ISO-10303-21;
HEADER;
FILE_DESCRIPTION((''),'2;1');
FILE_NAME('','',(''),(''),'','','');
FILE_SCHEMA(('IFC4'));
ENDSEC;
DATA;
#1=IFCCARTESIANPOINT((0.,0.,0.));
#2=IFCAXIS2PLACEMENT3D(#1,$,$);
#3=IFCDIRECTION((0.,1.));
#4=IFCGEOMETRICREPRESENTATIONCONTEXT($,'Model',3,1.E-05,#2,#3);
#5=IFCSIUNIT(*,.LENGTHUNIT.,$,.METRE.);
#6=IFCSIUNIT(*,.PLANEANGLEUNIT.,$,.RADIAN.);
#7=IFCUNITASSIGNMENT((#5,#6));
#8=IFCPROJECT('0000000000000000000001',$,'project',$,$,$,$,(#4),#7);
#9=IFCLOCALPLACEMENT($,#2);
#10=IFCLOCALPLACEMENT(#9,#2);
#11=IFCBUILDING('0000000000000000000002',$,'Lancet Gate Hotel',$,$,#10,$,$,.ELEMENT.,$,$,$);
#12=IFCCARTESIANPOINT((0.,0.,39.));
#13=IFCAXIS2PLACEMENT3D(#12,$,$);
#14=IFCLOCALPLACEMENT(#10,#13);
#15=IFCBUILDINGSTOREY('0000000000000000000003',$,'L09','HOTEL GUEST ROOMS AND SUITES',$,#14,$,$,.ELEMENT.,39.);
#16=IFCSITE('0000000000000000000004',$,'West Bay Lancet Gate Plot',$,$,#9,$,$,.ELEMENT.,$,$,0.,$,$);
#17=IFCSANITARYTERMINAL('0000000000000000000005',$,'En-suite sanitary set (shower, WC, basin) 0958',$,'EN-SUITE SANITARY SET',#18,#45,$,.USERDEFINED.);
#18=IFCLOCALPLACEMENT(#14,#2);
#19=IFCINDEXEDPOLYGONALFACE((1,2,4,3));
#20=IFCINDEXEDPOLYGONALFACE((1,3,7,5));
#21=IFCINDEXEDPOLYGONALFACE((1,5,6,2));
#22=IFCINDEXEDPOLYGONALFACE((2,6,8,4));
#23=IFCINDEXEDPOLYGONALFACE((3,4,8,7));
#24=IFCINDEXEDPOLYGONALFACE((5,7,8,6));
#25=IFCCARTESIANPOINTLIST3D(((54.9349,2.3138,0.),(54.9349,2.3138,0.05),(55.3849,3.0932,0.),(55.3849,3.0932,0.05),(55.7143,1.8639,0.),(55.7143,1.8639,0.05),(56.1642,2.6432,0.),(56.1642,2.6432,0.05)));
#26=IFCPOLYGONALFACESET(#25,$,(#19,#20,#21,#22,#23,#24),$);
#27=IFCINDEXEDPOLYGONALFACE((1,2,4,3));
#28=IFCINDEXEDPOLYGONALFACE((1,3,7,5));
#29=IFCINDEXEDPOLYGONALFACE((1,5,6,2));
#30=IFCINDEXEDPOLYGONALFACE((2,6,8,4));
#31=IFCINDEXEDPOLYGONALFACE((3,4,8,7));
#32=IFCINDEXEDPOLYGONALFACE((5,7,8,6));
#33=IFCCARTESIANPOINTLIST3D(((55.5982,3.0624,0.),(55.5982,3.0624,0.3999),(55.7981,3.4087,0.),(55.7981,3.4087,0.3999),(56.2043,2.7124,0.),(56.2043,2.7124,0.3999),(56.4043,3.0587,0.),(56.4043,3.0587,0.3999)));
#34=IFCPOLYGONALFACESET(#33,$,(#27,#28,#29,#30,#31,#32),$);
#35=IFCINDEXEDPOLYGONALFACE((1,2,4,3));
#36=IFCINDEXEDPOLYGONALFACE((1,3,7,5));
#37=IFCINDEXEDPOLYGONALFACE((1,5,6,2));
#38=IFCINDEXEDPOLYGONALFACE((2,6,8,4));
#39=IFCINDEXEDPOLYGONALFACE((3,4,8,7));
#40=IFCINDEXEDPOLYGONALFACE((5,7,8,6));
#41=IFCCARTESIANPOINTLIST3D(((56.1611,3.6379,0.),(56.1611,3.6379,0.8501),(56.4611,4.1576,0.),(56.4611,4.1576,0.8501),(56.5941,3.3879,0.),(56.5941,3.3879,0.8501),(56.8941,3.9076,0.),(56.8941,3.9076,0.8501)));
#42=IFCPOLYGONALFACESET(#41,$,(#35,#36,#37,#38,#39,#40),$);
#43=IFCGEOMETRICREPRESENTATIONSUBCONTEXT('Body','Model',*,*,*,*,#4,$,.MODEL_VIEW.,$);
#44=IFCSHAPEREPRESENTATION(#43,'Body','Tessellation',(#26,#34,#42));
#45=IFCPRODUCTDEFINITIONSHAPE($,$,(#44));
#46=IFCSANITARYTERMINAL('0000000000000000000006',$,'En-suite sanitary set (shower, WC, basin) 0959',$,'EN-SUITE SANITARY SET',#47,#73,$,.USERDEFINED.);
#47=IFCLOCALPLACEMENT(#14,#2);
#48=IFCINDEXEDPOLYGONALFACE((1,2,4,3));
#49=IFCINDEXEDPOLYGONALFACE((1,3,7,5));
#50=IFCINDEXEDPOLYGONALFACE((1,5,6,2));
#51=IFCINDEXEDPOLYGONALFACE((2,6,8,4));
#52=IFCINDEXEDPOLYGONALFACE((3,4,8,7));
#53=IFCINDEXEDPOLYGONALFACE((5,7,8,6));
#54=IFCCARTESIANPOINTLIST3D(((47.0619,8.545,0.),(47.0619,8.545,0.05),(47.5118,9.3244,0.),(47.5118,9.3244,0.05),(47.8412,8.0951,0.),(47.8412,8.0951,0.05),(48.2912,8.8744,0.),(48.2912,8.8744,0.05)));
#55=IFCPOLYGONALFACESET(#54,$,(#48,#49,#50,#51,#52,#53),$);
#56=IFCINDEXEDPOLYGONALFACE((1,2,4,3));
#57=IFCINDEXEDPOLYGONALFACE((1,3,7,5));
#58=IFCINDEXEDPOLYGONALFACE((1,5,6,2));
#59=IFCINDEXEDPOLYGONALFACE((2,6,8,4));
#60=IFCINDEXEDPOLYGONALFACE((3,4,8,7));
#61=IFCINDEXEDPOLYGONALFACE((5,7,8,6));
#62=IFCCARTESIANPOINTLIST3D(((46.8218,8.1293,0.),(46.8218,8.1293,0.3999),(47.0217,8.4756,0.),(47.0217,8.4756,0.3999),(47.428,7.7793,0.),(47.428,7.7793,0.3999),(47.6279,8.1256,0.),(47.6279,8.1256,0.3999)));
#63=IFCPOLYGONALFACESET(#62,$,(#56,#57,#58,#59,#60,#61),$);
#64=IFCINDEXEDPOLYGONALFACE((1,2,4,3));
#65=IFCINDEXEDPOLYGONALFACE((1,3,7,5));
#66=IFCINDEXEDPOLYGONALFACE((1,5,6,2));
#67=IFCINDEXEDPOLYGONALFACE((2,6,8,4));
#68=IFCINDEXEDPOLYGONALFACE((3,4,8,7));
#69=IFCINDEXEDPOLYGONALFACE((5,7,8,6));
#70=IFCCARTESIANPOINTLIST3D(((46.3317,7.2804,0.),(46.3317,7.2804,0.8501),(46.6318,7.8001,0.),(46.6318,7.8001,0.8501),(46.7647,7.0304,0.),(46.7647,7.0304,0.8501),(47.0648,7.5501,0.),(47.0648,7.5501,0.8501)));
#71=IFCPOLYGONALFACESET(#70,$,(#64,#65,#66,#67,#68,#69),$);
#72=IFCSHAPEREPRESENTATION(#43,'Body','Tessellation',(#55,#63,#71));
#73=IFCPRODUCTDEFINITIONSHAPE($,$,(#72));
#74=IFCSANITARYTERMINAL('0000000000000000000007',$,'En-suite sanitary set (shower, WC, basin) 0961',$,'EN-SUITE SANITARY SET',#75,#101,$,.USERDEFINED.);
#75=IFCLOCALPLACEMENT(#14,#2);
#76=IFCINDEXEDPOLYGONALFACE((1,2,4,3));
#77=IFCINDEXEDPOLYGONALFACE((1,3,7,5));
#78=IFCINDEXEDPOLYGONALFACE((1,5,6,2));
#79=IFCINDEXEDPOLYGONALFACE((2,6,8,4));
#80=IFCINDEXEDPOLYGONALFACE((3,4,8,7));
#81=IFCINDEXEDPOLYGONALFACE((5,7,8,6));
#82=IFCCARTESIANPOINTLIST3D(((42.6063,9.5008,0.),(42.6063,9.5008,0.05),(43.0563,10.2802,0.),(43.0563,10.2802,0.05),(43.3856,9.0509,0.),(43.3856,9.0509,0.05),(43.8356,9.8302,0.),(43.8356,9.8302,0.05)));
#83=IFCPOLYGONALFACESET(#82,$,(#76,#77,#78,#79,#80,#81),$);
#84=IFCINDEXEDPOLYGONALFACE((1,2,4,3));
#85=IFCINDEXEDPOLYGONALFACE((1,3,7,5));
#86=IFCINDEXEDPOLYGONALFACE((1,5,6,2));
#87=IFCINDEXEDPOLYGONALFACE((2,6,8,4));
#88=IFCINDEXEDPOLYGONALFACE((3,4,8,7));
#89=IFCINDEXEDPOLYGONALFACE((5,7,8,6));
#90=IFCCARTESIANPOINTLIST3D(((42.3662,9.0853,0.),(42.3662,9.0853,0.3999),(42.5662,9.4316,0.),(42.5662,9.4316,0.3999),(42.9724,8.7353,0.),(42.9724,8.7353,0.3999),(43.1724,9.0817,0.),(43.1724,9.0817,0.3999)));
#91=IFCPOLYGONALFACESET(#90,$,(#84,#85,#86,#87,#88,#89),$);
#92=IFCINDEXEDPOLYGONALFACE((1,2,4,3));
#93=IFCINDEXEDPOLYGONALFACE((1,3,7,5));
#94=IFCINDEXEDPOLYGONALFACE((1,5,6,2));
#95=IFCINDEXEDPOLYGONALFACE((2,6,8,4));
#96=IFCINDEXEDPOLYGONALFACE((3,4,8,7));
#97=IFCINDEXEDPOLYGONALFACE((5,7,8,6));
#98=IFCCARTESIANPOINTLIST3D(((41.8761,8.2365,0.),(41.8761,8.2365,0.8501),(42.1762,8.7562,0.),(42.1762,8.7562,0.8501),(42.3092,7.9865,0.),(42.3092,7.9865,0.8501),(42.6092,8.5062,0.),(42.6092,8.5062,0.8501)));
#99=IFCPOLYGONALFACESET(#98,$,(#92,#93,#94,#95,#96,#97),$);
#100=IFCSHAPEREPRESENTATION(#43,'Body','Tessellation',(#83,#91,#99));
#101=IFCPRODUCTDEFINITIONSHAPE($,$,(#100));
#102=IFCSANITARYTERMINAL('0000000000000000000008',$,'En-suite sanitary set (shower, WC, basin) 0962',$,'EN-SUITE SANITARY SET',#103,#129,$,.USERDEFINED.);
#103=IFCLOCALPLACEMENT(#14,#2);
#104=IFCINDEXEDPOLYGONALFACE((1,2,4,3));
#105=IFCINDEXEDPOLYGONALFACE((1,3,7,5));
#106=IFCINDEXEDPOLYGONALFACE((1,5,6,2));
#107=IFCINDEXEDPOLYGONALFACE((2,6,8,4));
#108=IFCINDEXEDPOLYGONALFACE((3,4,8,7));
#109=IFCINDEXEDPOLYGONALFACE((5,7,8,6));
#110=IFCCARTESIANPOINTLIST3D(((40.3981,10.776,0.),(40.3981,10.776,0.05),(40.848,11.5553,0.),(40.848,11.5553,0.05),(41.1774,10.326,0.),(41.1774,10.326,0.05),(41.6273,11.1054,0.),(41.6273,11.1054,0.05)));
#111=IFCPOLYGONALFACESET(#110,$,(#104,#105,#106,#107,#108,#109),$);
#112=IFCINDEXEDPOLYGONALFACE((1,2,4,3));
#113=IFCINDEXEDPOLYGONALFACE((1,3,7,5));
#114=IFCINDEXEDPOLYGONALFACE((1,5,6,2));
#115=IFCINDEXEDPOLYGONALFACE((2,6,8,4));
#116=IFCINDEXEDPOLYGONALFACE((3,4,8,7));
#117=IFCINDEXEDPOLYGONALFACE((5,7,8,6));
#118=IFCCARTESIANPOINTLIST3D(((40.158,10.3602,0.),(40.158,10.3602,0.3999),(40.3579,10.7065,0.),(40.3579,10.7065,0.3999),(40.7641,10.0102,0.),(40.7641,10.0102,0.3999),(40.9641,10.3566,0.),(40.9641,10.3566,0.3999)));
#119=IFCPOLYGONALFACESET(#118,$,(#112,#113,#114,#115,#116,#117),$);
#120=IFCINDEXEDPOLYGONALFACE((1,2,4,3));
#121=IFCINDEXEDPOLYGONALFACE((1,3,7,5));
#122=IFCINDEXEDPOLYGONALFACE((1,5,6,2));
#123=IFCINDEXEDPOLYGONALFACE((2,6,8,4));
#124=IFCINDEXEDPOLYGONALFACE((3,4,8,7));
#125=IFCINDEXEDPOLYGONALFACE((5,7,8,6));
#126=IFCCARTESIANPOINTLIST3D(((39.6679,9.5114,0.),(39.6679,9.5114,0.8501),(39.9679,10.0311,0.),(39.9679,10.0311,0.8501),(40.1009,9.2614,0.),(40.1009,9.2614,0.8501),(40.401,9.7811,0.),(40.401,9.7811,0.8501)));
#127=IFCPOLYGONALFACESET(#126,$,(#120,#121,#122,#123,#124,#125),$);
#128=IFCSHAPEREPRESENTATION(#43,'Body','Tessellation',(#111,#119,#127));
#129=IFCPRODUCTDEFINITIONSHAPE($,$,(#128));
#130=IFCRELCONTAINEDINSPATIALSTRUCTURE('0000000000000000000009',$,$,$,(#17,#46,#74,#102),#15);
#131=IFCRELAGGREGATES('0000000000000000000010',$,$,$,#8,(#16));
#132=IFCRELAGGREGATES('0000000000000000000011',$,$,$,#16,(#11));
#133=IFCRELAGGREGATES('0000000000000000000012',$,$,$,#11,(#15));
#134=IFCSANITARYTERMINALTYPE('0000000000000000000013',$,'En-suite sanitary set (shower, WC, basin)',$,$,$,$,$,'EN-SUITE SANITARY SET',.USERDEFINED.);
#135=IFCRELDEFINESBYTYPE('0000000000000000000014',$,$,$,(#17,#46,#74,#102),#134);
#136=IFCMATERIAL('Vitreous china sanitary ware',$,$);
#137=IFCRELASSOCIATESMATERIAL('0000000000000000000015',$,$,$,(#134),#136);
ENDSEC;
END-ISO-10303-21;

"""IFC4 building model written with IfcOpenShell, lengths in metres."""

from ifc_helpers import new_model, si_unit, direction, frame, origin, origin_2d, place, context, subcontext, project, spatial, rectangle, extrude, material, type_object, element, save


model = new_model("IFC4")

# Units and contexts
model_context = context("Model", 3, precision=1e-05, world=origin(), true_north=direction((0.0, 1.0)))
body_context = subcontext(model_context, "Body", "Model", "MODEL_VIEW")
ifc_project = project(units=[si_unit("LENGTHUNIT", "METRE"), si_unit("PLANEANGLEUNIT", "RADIAN")], contexts=[model_context])

# Site, building, storey
site_placement = place(None, origin())
site = spatial("IfcSite", under=ifc_project, at=site_placement, Name="West Bay Lancet Gate Plot", CompositionType="ELEMENT", RefElevation=0.0)
building_placement = place(site_placement, origin())
building = spatial("IfcBuilding", under=site, at=building_placement, Name="Lancet Gate Hotel", CompositionType="ELEMENT")
storey_placement = place(building_placement, frame((0.0, 0.0, 39.0)))
storey = spatial("IfcBuildingStorey", under=building, at=storey_placement, Name="L09", Description="HOTEL GUEST ROOMS AND SUITES", CompositionType="ELEMENT", Elevation=39.0)

# Sanitary terminals
ifc_material_1 = material(Name="Vitreous china sanitary ware")
sanitary_terminal_type = type_object("IfcSanitaryTerminalType", Name="En-suite sanitary set (shower, WC, basin)", ElementType="EN-SUITE SANITARY SET", PredefinedType="USERDEFINED", material=ifc_material_1)
sanitary_terminal_1_placement = place(storey_placement, frame((55.5496, 2.4785, 0.0), z_axis=(0.0, 0.0, 1.0), x_axis=(1.0, 0.0, 0.0)))
element("IfcSanitaryTerminal", 1, at=sanitary_terminal_1_placement, inside=storey, type_object=sanitary_terminal_type, Name="En-suite sanitary set (shower, WC, basin) 0958", ObjectType="EN-SUITE SANITARY SET", PredefinedType="USERDEFINED", context=body_context, shape_type="SweptSolid", body=[
    extrude(rectangle(XDim=0.8999, YDim=0.8999, at=origin_2d()), frame((0.0, 0.0, 0.0), z_axis=(0.0, 0.0, 1.0), x_axis=(-0.5, -0.866025, 0.0)), (0.0, 0.0, 1.0), 0.05),
    extrude(rectangle(XDim=0.3999, YDim=0.7, at=origin_2d()), frame((0.4517, 0.582, 0.0), z_axis=(0.0, 0.0, 1.0), x_axis=(-0.5, -0.866025, 0.0)), (0.0, 0.0, 1.0), 0.3999),
    extrude(rectangle(XDim=0.6001, YDim=0.5, at=origin_2d()), frame((0.978, 1.2942, 0.0), z_axis=(0.0, 0.0, 1.0), x_axis=(-0.5, -0.866025, 0.0)), (0.0, 0.0, 1.0), 0.8501),
])
sanitary_terminal_2_placement = place(storey_placement, frame((47.6765, 8.7097, 0.0), z_axis=(0.0, 0.0, 1.0), x_axis=(1.0, 0.0, 0.0)))
element("IfcSanitaryTerminal", 2, at=sanitary_terminal_2_placement, inside=storey, type_object=sanitary_terminal_type, Name="En-suite sanitary set (shower, WC, basin) 0959", ObjectType="EN-SUITE SANITARY SET", PredefinedType="USERDEFINED", context=body_context, shape_type="SweptSolid", body=[
    extrude(rectangle(XDim=0.8999, YDim=0.8999, at=origin_2d()), frame((0.0, 0.0, 0.0), z_axis=(0.0, 0.0, 1.0), x_axis=(0.5, 0.866025, 0.0)), (0.0, 0.0, 1.0), 0.05),
    extrude(rectangle(XDim=0.3999, YDim=0.7, at=origin_2d()), frame((-0.4517, -0.5823, 0.0), z_axis=(0.0, 0.0, 1.0), x_axis=(0.5, 0.866025, 0.0)), (0.0, 0.0, 1.0), 0.3999),
    extrude(rectangle(XDim=0.6001, YDim=0.5, at=origin_2d()), frame((-0.9783, -1.2944, 0.0), z_axis=(0.0, 0.0, 1.0), x_axis=(0.5, 0.866025, 0.0)), (0.0, 0.0, 1.0), 0.8501),
])
sanitary_terminal_3_placement = place(storey_placement, frame((43.2209, 9.6655, 0.0), z_axis=(0.0, 0.0, 1.0), x_axis=(1.0, 0.0, 0.0)))
element("IfcSanitaryTerminal", 3, at=sanitary_terminal_3_placement, inside=storey, type_object=sanitary_terminal_type, Name="En-suite sanitary set (shower, WC, basin) 0961", ObjectType="EN-SUITE SANITARY SET", PredefinedType="USERDEFINED", context=body_context, shape_type="SweptSolid", body=[
    extrude(rectangle(XDim=0.8999, YDim=0.8999, at=origin_2d()), frame((0.0, 0.0, 0.0), z_axis=(0.0, 0.0, 1.0), x_axis=(0.5, 0.866025, 0.0)), (0.0, 0.0, 1.0), 0.05),
    extrude(rectangle(XDim=0.3999, YDim=0.7, at=origin_2d()), frame((-0.4517, -0.582, 0.0), z_axis=(0.0, 0.0, 1.0), x_axis=(0.5, 0.866025, 0.0)), (0.0, 0.0, 1.0), 0.3999),
    extrude(rectangle(XDim=0.6001, YDim=0.5, at=origin_2d()), frame((-0.9783, -1.2942, 0.0), z_axis=(0.0, 0.0, 1.0), x_axis=(0.5, 0.866025, 0.0)), (0.0, 0.0, 1.0), 0.8501),
])
sanitary_terminal_4_placement = place(storey_placement, frame((41.0127, 10.9407, 0.0), z_axis=(0.0, 0.0, 1.0), x_axis=(1.0, 0.0, 0.0)))
element("IfcSanitaryTerminal", 4, at=sanitary_terminal_4_placement, inside=storey, type_object=sanitary_terminal_type, Name="En-suite sanitary set (shower, WC, basin) 0962", ObjectType="EN-SUITE SANITARY SET", PredefinedType="USERDEFINED", context=body_context, shape_type="SweptSolid", body=[
    extrude(rectangle(XDim=0.8999, YDim=0.8999, at=origin_2d()), frame((0.0, 0.0, 0.0), z_axis=(0.0, 0.0, 1.0), x_axis=(0.5, 0.866025, 0.0)), (0.0, 0.0, 1.0), 0.05),
    extrude(rectangle(XDim=0.3999, YDim=0.7, at=origin_2d()), frame((-0.4517, -0.5823, 0.0), z_axis=(0.0, 0.0, 1.0), x_axis=(0.5, 0.866025, 0.0)), (0.0, 0.0, 1.0), 0.3999),
    extrude(rectangle(XDim=0.6001, YDim=0.5, at=origin_2d()), frame((-0.9783, -1.2944, 0.0), z_axis=(0.0, 0.0, 1.0), x_axis=(0.5, 0.866025, 0.0)), (0.0, 0.0, 1.0), 0.8501),
])

save(model, "model.ifc")
